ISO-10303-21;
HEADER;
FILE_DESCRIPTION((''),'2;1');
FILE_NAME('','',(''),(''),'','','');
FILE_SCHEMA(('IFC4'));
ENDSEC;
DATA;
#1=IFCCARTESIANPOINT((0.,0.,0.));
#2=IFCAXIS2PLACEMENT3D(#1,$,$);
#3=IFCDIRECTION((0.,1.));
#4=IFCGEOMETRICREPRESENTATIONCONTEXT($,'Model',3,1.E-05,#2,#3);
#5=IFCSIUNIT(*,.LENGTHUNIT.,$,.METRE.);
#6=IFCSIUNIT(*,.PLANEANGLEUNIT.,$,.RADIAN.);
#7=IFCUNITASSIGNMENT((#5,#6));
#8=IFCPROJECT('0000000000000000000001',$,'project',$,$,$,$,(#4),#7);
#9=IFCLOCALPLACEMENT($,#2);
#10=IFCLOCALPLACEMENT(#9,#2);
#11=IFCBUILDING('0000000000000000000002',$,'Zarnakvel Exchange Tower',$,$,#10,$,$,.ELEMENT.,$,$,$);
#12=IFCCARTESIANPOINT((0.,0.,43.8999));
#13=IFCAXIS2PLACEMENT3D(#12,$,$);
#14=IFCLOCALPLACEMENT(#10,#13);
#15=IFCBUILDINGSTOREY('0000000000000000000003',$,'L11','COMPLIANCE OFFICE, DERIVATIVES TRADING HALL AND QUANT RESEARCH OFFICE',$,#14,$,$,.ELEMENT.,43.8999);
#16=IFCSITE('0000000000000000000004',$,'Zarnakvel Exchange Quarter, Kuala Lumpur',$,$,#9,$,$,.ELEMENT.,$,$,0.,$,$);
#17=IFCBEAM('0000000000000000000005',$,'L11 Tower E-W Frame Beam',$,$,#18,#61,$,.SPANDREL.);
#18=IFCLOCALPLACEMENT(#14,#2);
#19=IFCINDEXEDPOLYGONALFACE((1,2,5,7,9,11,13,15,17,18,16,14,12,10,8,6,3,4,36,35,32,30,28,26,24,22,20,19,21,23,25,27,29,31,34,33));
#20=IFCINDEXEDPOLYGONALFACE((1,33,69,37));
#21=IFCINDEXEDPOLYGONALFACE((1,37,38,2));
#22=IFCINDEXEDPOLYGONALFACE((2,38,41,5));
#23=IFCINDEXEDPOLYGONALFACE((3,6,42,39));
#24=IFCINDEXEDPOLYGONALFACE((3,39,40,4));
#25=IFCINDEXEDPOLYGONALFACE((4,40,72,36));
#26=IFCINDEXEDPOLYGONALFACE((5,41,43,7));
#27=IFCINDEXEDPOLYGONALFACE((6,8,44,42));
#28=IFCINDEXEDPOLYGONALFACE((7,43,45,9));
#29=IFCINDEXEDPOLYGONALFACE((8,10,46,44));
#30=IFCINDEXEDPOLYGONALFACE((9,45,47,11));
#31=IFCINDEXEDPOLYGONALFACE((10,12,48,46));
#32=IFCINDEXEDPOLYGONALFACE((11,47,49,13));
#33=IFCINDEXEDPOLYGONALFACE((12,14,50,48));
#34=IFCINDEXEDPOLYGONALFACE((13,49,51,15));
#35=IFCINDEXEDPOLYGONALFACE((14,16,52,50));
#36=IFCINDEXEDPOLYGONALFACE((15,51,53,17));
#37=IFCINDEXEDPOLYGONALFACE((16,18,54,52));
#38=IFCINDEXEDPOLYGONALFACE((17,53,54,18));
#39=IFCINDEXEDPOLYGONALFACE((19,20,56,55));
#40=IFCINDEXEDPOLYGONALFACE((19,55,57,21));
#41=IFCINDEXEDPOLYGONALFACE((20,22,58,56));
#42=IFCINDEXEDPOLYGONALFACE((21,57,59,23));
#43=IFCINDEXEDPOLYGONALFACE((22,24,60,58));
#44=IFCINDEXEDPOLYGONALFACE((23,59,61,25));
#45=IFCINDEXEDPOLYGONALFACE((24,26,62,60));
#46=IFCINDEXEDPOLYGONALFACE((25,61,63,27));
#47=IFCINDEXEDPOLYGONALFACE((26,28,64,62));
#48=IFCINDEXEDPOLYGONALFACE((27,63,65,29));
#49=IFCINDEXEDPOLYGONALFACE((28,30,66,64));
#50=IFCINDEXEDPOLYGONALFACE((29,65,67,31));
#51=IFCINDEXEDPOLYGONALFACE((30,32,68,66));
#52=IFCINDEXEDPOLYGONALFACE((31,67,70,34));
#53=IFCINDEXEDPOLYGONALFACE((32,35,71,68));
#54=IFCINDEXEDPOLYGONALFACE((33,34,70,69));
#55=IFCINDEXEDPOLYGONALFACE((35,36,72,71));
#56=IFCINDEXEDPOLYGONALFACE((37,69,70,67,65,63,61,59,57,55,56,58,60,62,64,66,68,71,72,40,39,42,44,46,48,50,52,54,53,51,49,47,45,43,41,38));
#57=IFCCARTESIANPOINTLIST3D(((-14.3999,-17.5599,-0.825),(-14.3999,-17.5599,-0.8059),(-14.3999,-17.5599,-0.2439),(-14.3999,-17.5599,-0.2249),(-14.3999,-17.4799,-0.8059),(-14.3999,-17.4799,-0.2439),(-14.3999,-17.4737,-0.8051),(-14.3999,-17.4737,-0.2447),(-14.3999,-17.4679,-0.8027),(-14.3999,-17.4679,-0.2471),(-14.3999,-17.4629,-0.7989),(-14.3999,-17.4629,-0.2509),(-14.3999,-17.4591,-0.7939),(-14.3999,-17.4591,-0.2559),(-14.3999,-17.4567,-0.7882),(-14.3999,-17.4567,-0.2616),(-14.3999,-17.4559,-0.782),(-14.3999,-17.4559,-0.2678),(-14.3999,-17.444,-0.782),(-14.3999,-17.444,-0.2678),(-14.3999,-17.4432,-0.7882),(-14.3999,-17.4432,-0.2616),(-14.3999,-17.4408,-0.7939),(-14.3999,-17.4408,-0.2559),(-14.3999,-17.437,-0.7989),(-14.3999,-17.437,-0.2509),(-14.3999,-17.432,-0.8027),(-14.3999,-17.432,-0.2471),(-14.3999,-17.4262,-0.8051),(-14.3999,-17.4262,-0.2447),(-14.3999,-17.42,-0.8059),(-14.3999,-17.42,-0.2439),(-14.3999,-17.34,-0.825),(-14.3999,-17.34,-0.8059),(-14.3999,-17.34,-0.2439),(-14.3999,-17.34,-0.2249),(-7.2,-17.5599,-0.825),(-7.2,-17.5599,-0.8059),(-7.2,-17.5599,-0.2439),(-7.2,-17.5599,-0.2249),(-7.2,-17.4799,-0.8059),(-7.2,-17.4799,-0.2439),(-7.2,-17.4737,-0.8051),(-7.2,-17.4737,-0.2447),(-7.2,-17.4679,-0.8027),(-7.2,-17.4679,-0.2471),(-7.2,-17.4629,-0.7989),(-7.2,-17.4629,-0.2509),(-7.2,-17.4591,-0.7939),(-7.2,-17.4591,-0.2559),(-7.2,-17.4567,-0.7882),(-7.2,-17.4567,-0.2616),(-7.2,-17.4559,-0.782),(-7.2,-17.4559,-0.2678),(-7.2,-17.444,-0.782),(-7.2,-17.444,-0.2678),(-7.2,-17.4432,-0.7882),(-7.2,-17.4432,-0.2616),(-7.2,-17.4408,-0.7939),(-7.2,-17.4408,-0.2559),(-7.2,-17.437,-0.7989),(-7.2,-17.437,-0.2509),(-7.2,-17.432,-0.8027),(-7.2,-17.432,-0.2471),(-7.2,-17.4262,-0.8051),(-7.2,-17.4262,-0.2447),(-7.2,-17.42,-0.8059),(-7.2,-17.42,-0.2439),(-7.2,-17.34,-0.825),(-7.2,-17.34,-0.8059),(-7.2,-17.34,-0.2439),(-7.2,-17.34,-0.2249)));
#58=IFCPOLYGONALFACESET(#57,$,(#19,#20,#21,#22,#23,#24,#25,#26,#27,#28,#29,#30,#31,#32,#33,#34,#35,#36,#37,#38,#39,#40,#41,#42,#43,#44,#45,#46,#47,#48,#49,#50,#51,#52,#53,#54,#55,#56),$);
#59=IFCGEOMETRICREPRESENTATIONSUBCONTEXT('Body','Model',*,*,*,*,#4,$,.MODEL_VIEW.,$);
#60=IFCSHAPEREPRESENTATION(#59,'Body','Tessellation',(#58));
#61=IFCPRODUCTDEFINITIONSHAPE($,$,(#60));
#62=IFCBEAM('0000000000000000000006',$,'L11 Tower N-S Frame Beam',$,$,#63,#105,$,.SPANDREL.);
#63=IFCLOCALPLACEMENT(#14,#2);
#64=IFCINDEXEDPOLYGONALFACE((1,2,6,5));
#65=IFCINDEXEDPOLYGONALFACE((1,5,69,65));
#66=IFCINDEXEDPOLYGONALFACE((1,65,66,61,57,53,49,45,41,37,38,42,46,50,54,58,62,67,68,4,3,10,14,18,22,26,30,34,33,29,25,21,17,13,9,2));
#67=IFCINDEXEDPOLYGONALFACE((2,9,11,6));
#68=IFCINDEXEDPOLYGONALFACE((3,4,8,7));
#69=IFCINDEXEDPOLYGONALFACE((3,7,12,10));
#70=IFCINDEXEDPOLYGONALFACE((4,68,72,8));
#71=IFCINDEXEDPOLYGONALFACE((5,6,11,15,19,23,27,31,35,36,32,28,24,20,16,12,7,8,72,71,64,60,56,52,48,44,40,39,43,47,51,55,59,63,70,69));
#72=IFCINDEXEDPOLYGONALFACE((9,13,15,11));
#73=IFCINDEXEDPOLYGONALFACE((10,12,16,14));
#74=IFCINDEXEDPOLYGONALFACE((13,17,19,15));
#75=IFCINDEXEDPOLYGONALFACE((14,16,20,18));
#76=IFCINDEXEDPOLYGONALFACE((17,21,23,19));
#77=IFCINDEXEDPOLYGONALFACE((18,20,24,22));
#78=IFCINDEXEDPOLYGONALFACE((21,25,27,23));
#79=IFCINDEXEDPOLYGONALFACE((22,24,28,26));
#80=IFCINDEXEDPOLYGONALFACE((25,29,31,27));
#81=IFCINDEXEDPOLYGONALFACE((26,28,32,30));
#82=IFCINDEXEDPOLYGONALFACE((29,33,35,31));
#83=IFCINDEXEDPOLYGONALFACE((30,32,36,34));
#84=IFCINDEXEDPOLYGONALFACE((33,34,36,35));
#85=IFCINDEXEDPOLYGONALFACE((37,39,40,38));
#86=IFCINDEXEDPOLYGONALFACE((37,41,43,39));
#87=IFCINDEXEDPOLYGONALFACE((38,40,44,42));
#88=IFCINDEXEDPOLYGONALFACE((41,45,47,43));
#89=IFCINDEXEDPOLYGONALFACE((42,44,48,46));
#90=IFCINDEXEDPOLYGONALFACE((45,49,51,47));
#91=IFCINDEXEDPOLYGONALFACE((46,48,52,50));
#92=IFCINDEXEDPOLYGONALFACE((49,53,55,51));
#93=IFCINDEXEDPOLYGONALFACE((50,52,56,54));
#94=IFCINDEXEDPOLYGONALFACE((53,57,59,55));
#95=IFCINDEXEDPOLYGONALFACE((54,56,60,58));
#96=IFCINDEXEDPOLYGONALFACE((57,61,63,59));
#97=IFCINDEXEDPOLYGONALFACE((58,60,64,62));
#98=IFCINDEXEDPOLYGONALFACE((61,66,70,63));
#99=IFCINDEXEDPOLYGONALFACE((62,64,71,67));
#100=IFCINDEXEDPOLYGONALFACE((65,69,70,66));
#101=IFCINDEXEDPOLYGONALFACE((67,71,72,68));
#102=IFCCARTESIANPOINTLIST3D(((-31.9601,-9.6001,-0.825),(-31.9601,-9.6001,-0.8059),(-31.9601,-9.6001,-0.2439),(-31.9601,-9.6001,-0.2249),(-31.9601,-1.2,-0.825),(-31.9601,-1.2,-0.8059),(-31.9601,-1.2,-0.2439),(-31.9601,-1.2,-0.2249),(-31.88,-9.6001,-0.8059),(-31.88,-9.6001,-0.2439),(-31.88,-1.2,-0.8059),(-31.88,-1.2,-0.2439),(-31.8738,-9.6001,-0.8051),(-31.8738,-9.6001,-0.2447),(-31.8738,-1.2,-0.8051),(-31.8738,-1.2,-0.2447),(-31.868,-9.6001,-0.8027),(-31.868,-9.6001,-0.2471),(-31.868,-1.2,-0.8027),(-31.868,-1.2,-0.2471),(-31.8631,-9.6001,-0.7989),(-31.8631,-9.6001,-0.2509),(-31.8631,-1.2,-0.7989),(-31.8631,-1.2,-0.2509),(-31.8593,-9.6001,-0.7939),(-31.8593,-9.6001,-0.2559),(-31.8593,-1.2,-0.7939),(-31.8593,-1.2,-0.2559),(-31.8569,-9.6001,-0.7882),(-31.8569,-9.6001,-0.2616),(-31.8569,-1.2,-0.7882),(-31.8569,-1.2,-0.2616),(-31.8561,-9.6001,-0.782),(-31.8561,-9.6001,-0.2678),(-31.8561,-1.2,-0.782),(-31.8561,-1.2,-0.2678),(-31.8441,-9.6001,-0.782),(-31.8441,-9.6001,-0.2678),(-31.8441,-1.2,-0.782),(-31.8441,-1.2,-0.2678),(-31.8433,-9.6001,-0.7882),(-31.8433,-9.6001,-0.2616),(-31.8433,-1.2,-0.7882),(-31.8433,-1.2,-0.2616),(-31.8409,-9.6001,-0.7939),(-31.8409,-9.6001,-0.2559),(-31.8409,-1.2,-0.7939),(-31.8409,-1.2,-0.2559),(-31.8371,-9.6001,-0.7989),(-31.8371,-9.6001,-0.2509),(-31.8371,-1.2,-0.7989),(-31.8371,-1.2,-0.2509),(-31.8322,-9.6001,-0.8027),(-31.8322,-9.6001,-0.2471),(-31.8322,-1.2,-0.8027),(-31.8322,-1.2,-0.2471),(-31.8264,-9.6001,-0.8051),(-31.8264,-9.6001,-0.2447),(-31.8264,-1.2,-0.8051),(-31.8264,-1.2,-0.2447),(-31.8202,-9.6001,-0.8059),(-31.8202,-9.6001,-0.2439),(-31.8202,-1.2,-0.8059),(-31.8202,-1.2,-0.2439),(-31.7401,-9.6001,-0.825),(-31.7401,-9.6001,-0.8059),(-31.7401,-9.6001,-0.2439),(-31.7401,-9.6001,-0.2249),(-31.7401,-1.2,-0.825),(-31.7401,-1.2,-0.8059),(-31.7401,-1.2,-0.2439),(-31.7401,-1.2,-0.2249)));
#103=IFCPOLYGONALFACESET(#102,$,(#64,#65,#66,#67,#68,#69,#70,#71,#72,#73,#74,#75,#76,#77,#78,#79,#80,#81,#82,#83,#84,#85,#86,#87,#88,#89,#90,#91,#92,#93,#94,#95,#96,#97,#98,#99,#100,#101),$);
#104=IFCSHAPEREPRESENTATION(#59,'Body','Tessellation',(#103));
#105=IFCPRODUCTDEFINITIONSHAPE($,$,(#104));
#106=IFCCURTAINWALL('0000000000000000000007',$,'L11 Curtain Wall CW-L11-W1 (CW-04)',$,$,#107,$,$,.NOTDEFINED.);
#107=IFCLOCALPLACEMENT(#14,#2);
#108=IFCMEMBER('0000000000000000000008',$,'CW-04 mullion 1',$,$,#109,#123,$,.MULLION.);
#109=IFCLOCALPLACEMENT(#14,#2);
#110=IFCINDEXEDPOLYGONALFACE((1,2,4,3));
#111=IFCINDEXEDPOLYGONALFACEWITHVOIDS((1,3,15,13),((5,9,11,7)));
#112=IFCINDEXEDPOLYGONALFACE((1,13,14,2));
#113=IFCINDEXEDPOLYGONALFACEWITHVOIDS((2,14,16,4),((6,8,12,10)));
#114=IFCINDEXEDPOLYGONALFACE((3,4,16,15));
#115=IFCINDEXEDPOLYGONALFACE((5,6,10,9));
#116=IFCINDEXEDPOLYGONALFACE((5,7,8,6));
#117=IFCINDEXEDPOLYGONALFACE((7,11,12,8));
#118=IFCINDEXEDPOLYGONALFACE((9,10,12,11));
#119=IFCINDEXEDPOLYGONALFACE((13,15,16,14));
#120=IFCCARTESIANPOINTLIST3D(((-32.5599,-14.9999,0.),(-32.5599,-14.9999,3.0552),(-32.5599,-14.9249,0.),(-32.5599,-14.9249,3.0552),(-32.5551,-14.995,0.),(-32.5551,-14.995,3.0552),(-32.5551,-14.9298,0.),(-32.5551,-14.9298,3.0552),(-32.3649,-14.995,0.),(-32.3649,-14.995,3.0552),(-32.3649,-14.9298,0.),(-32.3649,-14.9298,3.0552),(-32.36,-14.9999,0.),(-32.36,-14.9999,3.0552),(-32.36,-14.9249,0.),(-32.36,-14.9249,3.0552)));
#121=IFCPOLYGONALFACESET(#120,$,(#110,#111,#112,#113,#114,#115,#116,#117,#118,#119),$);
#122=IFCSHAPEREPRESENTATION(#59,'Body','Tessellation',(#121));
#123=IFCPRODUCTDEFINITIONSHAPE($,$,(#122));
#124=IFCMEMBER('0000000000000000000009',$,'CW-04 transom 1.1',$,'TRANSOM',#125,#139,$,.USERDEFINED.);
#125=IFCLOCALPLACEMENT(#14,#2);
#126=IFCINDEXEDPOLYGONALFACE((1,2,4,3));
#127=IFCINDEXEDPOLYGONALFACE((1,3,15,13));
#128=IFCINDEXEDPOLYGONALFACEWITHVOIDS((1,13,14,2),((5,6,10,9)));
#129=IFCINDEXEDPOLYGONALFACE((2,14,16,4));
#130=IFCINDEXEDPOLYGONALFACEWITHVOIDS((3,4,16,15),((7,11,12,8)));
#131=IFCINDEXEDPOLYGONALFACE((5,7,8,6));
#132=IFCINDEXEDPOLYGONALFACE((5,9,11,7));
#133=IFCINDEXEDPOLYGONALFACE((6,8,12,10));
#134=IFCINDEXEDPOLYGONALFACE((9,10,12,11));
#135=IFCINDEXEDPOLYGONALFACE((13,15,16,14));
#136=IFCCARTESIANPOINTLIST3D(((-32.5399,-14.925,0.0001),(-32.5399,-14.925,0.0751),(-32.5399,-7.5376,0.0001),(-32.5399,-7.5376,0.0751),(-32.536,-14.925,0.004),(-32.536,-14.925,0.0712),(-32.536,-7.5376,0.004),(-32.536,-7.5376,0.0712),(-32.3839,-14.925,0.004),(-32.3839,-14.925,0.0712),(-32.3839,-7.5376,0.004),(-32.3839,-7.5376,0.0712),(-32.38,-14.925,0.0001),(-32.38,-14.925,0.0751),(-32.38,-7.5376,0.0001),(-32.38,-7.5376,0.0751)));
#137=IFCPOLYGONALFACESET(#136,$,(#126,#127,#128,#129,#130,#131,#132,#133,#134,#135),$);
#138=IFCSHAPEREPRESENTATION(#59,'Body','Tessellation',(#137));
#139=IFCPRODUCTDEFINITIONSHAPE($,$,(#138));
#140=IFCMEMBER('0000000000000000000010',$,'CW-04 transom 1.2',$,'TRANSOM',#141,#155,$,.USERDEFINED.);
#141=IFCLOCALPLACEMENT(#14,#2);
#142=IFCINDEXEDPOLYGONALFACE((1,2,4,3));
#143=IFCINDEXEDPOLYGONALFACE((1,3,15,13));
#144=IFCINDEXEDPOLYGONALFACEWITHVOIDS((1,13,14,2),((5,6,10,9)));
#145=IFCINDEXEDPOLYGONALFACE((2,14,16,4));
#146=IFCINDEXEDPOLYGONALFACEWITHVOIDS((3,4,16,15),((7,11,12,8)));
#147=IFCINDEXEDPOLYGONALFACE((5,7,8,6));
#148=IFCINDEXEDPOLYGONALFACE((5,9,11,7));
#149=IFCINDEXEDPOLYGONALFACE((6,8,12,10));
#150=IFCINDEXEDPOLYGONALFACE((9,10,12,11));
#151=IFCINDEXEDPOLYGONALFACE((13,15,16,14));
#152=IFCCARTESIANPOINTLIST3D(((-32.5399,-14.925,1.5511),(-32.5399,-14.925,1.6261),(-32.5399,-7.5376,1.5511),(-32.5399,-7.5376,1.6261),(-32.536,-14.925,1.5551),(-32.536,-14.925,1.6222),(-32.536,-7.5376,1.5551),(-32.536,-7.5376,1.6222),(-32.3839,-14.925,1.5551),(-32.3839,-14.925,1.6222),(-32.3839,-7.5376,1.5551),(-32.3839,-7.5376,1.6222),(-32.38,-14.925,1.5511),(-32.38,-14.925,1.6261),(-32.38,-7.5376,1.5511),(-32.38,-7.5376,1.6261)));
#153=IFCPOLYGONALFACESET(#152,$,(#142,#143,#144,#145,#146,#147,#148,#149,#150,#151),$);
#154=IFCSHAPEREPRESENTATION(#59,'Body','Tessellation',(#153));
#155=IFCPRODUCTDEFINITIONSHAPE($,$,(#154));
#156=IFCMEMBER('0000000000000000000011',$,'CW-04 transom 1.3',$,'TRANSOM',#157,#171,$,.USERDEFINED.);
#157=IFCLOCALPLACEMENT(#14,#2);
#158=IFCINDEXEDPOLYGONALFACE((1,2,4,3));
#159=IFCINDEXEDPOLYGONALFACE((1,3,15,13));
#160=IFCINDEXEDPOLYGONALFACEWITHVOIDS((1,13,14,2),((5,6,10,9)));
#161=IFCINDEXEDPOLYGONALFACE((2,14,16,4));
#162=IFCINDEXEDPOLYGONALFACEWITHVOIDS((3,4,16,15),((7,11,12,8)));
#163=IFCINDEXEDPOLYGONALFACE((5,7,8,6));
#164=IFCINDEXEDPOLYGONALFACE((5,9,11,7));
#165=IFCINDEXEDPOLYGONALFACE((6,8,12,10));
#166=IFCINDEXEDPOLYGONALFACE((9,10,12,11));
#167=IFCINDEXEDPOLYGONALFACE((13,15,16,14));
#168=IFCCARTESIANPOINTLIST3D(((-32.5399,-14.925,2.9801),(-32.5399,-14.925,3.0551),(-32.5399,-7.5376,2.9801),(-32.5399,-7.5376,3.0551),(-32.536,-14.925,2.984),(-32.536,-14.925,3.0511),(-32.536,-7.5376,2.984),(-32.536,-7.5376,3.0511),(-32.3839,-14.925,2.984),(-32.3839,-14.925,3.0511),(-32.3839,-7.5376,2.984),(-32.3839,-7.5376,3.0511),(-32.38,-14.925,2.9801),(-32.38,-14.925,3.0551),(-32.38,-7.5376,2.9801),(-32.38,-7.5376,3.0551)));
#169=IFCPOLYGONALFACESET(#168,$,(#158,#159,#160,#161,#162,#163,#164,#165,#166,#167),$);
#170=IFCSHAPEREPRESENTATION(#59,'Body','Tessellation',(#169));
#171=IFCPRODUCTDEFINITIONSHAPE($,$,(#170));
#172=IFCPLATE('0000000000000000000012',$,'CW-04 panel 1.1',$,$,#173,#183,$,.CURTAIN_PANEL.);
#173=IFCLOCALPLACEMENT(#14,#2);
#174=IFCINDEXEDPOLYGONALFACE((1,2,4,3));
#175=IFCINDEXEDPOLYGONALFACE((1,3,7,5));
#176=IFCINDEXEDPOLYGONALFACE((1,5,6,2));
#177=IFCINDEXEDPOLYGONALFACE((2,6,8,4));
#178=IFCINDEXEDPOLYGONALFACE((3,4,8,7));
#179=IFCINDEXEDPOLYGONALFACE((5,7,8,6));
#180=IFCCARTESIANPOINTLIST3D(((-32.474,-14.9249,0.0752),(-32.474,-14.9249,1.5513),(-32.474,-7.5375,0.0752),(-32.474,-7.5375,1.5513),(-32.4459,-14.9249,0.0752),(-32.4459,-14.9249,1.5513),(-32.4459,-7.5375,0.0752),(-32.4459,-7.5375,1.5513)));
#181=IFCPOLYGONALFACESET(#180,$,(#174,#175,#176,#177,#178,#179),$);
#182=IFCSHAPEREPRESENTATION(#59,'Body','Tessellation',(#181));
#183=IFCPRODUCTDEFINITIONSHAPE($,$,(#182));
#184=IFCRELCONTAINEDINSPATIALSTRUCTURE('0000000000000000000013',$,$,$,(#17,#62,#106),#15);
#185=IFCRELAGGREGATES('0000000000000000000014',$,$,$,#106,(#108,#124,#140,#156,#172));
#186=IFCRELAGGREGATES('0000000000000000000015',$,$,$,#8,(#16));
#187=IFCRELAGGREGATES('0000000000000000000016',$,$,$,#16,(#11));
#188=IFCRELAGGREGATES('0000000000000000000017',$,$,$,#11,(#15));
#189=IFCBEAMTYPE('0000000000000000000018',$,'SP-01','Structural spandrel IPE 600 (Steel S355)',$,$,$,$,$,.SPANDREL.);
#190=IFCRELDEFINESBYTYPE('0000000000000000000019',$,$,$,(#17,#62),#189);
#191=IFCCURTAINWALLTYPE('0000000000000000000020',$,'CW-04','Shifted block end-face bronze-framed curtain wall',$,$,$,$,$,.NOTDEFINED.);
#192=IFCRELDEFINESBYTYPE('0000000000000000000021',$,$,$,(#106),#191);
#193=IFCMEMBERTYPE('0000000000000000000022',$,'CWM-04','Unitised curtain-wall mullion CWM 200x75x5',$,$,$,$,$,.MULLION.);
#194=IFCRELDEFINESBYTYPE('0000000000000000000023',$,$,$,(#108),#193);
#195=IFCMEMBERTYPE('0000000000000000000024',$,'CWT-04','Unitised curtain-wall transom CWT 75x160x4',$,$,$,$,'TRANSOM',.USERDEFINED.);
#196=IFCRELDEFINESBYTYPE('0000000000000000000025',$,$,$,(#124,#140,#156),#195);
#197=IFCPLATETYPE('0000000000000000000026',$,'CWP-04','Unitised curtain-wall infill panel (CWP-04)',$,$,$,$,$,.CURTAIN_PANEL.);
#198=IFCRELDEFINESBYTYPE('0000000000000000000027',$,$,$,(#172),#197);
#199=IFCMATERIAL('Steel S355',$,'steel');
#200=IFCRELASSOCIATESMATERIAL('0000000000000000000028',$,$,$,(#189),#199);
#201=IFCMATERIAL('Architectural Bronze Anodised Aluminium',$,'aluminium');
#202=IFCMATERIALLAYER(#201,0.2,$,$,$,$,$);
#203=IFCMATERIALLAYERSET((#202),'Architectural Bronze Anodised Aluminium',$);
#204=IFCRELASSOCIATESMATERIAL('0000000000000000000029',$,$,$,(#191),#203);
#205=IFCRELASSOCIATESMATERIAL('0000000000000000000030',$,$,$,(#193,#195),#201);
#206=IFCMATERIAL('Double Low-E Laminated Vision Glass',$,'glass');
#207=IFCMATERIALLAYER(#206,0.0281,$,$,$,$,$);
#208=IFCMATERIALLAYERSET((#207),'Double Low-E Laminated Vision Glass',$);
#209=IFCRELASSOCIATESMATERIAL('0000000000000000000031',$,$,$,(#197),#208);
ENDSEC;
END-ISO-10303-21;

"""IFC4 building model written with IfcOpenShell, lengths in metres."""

from ifc_helpers import new_model, si_unit, direction, frame, origin, origin_2d, place, context, subcontext, project, spatial, rectangle, hollow_rectangle, i_section, extrude, source, transform, mapped, material, layer, layer_set, material_profile, profile_set, type_object, element, aggregate, save


model = new_model("IFC4")

# Units and contexts
model_context = context("Model", 3, precision=1e-05, world=origin(), true_north=direction((0.0, 1.0)))
body_context = subcontext(model_context, "Body", "Model", "MODEL_VIEW")
ifc_project = project(units=[si_unit("LENGTHUNIT", "METRE"), si_unit("PLANEANGLEUNIT", "RADIAN")], contexts=[model_context])

# Site, building, storey
site_placement = place(None, origin())
site = spatial("IfcSite", under=ifc_project, at=site_placement, Name="Zarnakvel Exchange Quarter, Kuala Lumpur", CompositionType="ELEMENT", RefElevation=0.0)
building_placement = place(site_placement, origin())
building = spatial("IfcBuilding", under=site, at=building_placement, Name="Zarnakvel Exchange Tower", CompositionType="ELEMENT")
storey_placement = place(building_placement, frame((0.0, 0.0, 43.8999)))
storey = spatial("IfcBuildingStorey", under=building, at=storey_placement, Name="L11", Description="COMPLIANCE OFFICE, DERIVATIVES TRADING HALL AND QUANT RESEARCH OFFICE", CompositionType="ELEMENT", Elevation=43.8999)

# Shared definitions
ifc_material_1 = material(Name="Steel S355", Category="steel")

# Beams
ifc_material_profile_1 = material_profile(ifc_material_1, i_section(OverallWidth=0.22, OverallDepth=0.6001, WebThickness=0.012, FlangeThickness=0.019, FilletRadius=0.0239, at=origin_2d()))
ifc_profile_set_1 = profile_set([ifc_material_profile_1], Name="Steel S355")
beam_type_1 = type_object("IfcBeamType", Name="SP-01", Description="Structural spandrel IPE 600 (Steel S355)", PredefinedType="SPANDREL", material=ifc_profile_set_1)
beam_1_placement = place(storey_placement, frame((-14.3999, -17.45, -0.5249), z_axis=(1.0, 0.0, 0.0), x_axis=(0.0, 1.0, 0.0)))
element("IfcBeam", 1, at=beam_1_placement, inside=storey, type_object=beam_type_1, Name="L11 Tower E-W Frame Beam", PredefinedType="SPANDREL", context=body_context, shape_type="SweptSolid", body=[
    extrude(i_section(OverallWidth=0.22, OverallDepth=0.6001, WebThickness=0.012, FlangeThickness=0.019, FilletRadius=0.0239, at=origin_2d()), origin(), (0.0, 0.0, 1.0), 7.2),
])
beam_2_placement = place(storey_placement, frame((-31.8501, -9.6001, -0.5249), z_axis=(0.0, 1.0, 0.0), x_axis=(-1.0, 0.0, 0.0)))
element("IfcBeam", 2, at=beam_2_placement, inside=storey, type_object=beam_type_1, Name="L11 Tower N-S Frame Beam", PredefinedType="SPANDREL", context=body_context, shape_type="SweptSolid", body=[
    extrude(i_section(OverallWidth=0.22, OverallDepth=0.6001, WebThickness=0.012, FlangeThickness=0.019, FilletRadius=0.0239, at=origin_2d()), origin(), (0.0, 0.0, 1.0), 8.4001),
])

# Curtain wall, members, plate
ifc_material_2 = material(Name="Architectural Bronze Anodised Aluminium", Category="aluminium")
ifc_layer_1 = layer(ifc_material_2, 0.2)
ifc_layer_set_1 = layer_set([ifc_layer_1], Name="Architectural Bronze Anodised Aluminium")
curtain_wall_type = type_object("IfcCurtainWallType", Name="CW-04", Description="Shifted block end-face bronze-framed curtain wall", PredefinedType="NOTDEFINED", material=ifc_layer_set_1)
curtain_wall_placement = place(storey_placement, origin())
curtain_wall = element("IfcCurtainWall", 3, at=curtain_wall_placement, inside=storey, type_object=curtain_wall_type, Name="L11 Curtain Wall CW-L11-W1 (CW-04)", PredefinedType="NOTDEFINED")
ifc_material_profile_2 = material_profile(ifc_material_2, hollow_rectangle(XDim=0.2, YDim=0.075, WallThickness=0.0049, at=origin_2d()))
ifc_profile_set_2 = profile_set([ifc_material_profile_2], Name="Architectural Bronze Anodised Aluminium")
member_type_1 = type_object("IfcMemberType", Name="CWM-04", Description="Unitised curtain-wall mullion CWM 200x75x5", PredefinedType="MULLION", material=ifc_profile_set_2)
shared_shape_1 = source(origin(), body_context, "Body", "SweptSolid", [
    extrude(hollow_rectangle(XDim=0.2, YDim=0.075, WallThickness=0.0049, at=origin_2d()), origin(), (0.0, 0.0, 1.0), 3.0552),
])
member_1_placement = place(storey_placement, frame((-32.46, -14.9624, 0.0), z_axis=(0.0, 0.0, 1.0), x_axis=(-1.0, 0.0, 0.0)))
member_1 = element("IfcMember", 4, at=member_1_placement, type_object=member_type_1, Name="CW-04 mullion 1", PredefinedType="MULLION", context=body_context, shape_type="MappedRepresentation", body=[
    mapped(shared_shape_1, transform((0.0, 0.0, 0.0), x_axis=(1.0, 0.0, 0.0), y_axis=(0.0, 1.0, 0.0), z_axis=(0.0, 0.0, 1.0), scale=1.0)),
])
ifc_material_profile_3 = material_profile(ifc_material_2, hollow_rectangle(XDim=0.1599, YDim=0.075, WallThickness=0.0039, at=origin_2d()))
ifc_profile_set_3 = profile_set([ifc_material_profile_3], Name="Architectural Bronze Anodised Aluminium")
member_type_2 = type_object("IfcMemberType", Name="CWT-04", Description="Unitised curtain-wall transom CWT 75x160x4", ElementType="TRANSOM", PredefinedType="USERDEFINED", material=ifc_profile_set_3)
shared_shape_2 = source(origin(), body_context, "Body", "SweptSolid", [
    extrude(hollow_rectangle(XDim=0.1599, YDim=0.075, WallThickness=0.0039, at=origin_2d()), origin(), (0.0, 0.0, 1.0), 7.3875),
])
member_2_placement = place(storey_placement, frame((-32.46, -14.925, 0.0376), z_axis=(0.0, 1.0, 0.0), x_axis=(-1.0, 0.0, 0.0)))
member_2 = element("IfcMember", 5, at=member_2_placement, type_object=member_type_2, Name="CW-04 transom 1.1", ObjectType="TRANSOM", PredefinedType="USERDEFINED", context=body_context, shape_type="MappedRepresentation", body=[
    mapped(shared_shape_2, transform((0.0, 0.0, 0.0), x_axis=(1.0, 0.0, 0.0), y_axis=(0.0, 1.0, 0.0), z_axis=(0.0, 0.0, 1.0), scale=1.0)),
])
member_3_placement = place(storey_placement, frame((-32.46, -14.925, 1.5886), z_axis=(0.0, 1.0, 0.0), x_axis=(-1.0, 0.0, 0.0)))
member_3 = element("IfcMember", 6, at=member_3_placement, type_object=member_type_2, Name="CW-04 transom 1.2", ObjectType="TRANSOM", PredefinedType="USERDEFINED", context=body_context, shape_type="MappedRepresentation", body=[
    mapped(shared_shape_2, transform((0.0, 0.0, 0.0), x_axis=(1.0, 0.0, 0.0), y_axis=(0.0, 1.0, 0.0), z_axis=(0.0, 0.0, 1.0), scale=1.0)),
])
member_4_placement = place(storey_placement, frame((-32.46, -14.925, 3.0176), z_axis=(0.0, 1.0, 0.0), x_axis=(-1.0, 0.0, 0.0)))
member_4 = element("IfcMember", 7, at=member_4_placement, type_object=member_type_2, Name="CW-04 transom 1.3", ObjectType="TRANSOM", PredefinedType="USERDEFINED", context=body_context, shape_type="MappedRepresentation", body=[
    mapped(shared_shape_2, transform((0.0, 0.0, 0.0), x_axis=(1.0, 0.0, 0.0), y_axis=(0.0, 1.0, 0.0), z_axis=(0.0, 0.0, 1.0), scale=1.0)),
])
ifc_material_3 = material(Name="Double Low-E Laminated Vision Glass", Category="glass")
ifc_layer_2 = layer(ifc_material_3, 0.0281)
ifc_layer_set_2 = layer_set([ifc_layer_2], Name="Double Low-E Laminated Vision Glass")
plate_type = type_object("IfcPlateType", Name="CWP-04", Description="Unitised curtain-wall infill panel (CWP-04)", PredefinedType="CURTAIN_PANEL", material=ifc_layer_set_2)
shared_shape_3 = source(origin(), body_context, "Body", "SweptSolid", [
    extrude(rectangle(XDim=7.3875, YDim=0.0281, at=origin_2d()), origin(), (0.0, 0.0, 1.0), 1.4761),
])
plate_1_placement = place(storey_placement, frame((-32.46, -11.2312, 0.0752), z_axis=(0.0, 0.0, 1.0), x_axis=(0.0, 1.0, 0.0)))
plate_1 = element("IfcPlate", 8, at=plate_1_placement, type_object=plate_type, Name="CW-04 panel 1.1", PredefinedType="CURTAIN_PANEL", context=body_context, shape_type="MappedRepresentation", body=[
    mapped(shared_shape_3, transform((0.0, 0.0, 0.0), x_axis=(1.0, 0.0, 0.0), y_axis=(0.0, 1.0, 0.0), z_axis=(0.0, 0.0, 1.0), scale=1.0)),
])
aggregate(curtain_wall, [member_1, member_2, member_3, member_4, plate_1])

save(model, "model.ifc")
